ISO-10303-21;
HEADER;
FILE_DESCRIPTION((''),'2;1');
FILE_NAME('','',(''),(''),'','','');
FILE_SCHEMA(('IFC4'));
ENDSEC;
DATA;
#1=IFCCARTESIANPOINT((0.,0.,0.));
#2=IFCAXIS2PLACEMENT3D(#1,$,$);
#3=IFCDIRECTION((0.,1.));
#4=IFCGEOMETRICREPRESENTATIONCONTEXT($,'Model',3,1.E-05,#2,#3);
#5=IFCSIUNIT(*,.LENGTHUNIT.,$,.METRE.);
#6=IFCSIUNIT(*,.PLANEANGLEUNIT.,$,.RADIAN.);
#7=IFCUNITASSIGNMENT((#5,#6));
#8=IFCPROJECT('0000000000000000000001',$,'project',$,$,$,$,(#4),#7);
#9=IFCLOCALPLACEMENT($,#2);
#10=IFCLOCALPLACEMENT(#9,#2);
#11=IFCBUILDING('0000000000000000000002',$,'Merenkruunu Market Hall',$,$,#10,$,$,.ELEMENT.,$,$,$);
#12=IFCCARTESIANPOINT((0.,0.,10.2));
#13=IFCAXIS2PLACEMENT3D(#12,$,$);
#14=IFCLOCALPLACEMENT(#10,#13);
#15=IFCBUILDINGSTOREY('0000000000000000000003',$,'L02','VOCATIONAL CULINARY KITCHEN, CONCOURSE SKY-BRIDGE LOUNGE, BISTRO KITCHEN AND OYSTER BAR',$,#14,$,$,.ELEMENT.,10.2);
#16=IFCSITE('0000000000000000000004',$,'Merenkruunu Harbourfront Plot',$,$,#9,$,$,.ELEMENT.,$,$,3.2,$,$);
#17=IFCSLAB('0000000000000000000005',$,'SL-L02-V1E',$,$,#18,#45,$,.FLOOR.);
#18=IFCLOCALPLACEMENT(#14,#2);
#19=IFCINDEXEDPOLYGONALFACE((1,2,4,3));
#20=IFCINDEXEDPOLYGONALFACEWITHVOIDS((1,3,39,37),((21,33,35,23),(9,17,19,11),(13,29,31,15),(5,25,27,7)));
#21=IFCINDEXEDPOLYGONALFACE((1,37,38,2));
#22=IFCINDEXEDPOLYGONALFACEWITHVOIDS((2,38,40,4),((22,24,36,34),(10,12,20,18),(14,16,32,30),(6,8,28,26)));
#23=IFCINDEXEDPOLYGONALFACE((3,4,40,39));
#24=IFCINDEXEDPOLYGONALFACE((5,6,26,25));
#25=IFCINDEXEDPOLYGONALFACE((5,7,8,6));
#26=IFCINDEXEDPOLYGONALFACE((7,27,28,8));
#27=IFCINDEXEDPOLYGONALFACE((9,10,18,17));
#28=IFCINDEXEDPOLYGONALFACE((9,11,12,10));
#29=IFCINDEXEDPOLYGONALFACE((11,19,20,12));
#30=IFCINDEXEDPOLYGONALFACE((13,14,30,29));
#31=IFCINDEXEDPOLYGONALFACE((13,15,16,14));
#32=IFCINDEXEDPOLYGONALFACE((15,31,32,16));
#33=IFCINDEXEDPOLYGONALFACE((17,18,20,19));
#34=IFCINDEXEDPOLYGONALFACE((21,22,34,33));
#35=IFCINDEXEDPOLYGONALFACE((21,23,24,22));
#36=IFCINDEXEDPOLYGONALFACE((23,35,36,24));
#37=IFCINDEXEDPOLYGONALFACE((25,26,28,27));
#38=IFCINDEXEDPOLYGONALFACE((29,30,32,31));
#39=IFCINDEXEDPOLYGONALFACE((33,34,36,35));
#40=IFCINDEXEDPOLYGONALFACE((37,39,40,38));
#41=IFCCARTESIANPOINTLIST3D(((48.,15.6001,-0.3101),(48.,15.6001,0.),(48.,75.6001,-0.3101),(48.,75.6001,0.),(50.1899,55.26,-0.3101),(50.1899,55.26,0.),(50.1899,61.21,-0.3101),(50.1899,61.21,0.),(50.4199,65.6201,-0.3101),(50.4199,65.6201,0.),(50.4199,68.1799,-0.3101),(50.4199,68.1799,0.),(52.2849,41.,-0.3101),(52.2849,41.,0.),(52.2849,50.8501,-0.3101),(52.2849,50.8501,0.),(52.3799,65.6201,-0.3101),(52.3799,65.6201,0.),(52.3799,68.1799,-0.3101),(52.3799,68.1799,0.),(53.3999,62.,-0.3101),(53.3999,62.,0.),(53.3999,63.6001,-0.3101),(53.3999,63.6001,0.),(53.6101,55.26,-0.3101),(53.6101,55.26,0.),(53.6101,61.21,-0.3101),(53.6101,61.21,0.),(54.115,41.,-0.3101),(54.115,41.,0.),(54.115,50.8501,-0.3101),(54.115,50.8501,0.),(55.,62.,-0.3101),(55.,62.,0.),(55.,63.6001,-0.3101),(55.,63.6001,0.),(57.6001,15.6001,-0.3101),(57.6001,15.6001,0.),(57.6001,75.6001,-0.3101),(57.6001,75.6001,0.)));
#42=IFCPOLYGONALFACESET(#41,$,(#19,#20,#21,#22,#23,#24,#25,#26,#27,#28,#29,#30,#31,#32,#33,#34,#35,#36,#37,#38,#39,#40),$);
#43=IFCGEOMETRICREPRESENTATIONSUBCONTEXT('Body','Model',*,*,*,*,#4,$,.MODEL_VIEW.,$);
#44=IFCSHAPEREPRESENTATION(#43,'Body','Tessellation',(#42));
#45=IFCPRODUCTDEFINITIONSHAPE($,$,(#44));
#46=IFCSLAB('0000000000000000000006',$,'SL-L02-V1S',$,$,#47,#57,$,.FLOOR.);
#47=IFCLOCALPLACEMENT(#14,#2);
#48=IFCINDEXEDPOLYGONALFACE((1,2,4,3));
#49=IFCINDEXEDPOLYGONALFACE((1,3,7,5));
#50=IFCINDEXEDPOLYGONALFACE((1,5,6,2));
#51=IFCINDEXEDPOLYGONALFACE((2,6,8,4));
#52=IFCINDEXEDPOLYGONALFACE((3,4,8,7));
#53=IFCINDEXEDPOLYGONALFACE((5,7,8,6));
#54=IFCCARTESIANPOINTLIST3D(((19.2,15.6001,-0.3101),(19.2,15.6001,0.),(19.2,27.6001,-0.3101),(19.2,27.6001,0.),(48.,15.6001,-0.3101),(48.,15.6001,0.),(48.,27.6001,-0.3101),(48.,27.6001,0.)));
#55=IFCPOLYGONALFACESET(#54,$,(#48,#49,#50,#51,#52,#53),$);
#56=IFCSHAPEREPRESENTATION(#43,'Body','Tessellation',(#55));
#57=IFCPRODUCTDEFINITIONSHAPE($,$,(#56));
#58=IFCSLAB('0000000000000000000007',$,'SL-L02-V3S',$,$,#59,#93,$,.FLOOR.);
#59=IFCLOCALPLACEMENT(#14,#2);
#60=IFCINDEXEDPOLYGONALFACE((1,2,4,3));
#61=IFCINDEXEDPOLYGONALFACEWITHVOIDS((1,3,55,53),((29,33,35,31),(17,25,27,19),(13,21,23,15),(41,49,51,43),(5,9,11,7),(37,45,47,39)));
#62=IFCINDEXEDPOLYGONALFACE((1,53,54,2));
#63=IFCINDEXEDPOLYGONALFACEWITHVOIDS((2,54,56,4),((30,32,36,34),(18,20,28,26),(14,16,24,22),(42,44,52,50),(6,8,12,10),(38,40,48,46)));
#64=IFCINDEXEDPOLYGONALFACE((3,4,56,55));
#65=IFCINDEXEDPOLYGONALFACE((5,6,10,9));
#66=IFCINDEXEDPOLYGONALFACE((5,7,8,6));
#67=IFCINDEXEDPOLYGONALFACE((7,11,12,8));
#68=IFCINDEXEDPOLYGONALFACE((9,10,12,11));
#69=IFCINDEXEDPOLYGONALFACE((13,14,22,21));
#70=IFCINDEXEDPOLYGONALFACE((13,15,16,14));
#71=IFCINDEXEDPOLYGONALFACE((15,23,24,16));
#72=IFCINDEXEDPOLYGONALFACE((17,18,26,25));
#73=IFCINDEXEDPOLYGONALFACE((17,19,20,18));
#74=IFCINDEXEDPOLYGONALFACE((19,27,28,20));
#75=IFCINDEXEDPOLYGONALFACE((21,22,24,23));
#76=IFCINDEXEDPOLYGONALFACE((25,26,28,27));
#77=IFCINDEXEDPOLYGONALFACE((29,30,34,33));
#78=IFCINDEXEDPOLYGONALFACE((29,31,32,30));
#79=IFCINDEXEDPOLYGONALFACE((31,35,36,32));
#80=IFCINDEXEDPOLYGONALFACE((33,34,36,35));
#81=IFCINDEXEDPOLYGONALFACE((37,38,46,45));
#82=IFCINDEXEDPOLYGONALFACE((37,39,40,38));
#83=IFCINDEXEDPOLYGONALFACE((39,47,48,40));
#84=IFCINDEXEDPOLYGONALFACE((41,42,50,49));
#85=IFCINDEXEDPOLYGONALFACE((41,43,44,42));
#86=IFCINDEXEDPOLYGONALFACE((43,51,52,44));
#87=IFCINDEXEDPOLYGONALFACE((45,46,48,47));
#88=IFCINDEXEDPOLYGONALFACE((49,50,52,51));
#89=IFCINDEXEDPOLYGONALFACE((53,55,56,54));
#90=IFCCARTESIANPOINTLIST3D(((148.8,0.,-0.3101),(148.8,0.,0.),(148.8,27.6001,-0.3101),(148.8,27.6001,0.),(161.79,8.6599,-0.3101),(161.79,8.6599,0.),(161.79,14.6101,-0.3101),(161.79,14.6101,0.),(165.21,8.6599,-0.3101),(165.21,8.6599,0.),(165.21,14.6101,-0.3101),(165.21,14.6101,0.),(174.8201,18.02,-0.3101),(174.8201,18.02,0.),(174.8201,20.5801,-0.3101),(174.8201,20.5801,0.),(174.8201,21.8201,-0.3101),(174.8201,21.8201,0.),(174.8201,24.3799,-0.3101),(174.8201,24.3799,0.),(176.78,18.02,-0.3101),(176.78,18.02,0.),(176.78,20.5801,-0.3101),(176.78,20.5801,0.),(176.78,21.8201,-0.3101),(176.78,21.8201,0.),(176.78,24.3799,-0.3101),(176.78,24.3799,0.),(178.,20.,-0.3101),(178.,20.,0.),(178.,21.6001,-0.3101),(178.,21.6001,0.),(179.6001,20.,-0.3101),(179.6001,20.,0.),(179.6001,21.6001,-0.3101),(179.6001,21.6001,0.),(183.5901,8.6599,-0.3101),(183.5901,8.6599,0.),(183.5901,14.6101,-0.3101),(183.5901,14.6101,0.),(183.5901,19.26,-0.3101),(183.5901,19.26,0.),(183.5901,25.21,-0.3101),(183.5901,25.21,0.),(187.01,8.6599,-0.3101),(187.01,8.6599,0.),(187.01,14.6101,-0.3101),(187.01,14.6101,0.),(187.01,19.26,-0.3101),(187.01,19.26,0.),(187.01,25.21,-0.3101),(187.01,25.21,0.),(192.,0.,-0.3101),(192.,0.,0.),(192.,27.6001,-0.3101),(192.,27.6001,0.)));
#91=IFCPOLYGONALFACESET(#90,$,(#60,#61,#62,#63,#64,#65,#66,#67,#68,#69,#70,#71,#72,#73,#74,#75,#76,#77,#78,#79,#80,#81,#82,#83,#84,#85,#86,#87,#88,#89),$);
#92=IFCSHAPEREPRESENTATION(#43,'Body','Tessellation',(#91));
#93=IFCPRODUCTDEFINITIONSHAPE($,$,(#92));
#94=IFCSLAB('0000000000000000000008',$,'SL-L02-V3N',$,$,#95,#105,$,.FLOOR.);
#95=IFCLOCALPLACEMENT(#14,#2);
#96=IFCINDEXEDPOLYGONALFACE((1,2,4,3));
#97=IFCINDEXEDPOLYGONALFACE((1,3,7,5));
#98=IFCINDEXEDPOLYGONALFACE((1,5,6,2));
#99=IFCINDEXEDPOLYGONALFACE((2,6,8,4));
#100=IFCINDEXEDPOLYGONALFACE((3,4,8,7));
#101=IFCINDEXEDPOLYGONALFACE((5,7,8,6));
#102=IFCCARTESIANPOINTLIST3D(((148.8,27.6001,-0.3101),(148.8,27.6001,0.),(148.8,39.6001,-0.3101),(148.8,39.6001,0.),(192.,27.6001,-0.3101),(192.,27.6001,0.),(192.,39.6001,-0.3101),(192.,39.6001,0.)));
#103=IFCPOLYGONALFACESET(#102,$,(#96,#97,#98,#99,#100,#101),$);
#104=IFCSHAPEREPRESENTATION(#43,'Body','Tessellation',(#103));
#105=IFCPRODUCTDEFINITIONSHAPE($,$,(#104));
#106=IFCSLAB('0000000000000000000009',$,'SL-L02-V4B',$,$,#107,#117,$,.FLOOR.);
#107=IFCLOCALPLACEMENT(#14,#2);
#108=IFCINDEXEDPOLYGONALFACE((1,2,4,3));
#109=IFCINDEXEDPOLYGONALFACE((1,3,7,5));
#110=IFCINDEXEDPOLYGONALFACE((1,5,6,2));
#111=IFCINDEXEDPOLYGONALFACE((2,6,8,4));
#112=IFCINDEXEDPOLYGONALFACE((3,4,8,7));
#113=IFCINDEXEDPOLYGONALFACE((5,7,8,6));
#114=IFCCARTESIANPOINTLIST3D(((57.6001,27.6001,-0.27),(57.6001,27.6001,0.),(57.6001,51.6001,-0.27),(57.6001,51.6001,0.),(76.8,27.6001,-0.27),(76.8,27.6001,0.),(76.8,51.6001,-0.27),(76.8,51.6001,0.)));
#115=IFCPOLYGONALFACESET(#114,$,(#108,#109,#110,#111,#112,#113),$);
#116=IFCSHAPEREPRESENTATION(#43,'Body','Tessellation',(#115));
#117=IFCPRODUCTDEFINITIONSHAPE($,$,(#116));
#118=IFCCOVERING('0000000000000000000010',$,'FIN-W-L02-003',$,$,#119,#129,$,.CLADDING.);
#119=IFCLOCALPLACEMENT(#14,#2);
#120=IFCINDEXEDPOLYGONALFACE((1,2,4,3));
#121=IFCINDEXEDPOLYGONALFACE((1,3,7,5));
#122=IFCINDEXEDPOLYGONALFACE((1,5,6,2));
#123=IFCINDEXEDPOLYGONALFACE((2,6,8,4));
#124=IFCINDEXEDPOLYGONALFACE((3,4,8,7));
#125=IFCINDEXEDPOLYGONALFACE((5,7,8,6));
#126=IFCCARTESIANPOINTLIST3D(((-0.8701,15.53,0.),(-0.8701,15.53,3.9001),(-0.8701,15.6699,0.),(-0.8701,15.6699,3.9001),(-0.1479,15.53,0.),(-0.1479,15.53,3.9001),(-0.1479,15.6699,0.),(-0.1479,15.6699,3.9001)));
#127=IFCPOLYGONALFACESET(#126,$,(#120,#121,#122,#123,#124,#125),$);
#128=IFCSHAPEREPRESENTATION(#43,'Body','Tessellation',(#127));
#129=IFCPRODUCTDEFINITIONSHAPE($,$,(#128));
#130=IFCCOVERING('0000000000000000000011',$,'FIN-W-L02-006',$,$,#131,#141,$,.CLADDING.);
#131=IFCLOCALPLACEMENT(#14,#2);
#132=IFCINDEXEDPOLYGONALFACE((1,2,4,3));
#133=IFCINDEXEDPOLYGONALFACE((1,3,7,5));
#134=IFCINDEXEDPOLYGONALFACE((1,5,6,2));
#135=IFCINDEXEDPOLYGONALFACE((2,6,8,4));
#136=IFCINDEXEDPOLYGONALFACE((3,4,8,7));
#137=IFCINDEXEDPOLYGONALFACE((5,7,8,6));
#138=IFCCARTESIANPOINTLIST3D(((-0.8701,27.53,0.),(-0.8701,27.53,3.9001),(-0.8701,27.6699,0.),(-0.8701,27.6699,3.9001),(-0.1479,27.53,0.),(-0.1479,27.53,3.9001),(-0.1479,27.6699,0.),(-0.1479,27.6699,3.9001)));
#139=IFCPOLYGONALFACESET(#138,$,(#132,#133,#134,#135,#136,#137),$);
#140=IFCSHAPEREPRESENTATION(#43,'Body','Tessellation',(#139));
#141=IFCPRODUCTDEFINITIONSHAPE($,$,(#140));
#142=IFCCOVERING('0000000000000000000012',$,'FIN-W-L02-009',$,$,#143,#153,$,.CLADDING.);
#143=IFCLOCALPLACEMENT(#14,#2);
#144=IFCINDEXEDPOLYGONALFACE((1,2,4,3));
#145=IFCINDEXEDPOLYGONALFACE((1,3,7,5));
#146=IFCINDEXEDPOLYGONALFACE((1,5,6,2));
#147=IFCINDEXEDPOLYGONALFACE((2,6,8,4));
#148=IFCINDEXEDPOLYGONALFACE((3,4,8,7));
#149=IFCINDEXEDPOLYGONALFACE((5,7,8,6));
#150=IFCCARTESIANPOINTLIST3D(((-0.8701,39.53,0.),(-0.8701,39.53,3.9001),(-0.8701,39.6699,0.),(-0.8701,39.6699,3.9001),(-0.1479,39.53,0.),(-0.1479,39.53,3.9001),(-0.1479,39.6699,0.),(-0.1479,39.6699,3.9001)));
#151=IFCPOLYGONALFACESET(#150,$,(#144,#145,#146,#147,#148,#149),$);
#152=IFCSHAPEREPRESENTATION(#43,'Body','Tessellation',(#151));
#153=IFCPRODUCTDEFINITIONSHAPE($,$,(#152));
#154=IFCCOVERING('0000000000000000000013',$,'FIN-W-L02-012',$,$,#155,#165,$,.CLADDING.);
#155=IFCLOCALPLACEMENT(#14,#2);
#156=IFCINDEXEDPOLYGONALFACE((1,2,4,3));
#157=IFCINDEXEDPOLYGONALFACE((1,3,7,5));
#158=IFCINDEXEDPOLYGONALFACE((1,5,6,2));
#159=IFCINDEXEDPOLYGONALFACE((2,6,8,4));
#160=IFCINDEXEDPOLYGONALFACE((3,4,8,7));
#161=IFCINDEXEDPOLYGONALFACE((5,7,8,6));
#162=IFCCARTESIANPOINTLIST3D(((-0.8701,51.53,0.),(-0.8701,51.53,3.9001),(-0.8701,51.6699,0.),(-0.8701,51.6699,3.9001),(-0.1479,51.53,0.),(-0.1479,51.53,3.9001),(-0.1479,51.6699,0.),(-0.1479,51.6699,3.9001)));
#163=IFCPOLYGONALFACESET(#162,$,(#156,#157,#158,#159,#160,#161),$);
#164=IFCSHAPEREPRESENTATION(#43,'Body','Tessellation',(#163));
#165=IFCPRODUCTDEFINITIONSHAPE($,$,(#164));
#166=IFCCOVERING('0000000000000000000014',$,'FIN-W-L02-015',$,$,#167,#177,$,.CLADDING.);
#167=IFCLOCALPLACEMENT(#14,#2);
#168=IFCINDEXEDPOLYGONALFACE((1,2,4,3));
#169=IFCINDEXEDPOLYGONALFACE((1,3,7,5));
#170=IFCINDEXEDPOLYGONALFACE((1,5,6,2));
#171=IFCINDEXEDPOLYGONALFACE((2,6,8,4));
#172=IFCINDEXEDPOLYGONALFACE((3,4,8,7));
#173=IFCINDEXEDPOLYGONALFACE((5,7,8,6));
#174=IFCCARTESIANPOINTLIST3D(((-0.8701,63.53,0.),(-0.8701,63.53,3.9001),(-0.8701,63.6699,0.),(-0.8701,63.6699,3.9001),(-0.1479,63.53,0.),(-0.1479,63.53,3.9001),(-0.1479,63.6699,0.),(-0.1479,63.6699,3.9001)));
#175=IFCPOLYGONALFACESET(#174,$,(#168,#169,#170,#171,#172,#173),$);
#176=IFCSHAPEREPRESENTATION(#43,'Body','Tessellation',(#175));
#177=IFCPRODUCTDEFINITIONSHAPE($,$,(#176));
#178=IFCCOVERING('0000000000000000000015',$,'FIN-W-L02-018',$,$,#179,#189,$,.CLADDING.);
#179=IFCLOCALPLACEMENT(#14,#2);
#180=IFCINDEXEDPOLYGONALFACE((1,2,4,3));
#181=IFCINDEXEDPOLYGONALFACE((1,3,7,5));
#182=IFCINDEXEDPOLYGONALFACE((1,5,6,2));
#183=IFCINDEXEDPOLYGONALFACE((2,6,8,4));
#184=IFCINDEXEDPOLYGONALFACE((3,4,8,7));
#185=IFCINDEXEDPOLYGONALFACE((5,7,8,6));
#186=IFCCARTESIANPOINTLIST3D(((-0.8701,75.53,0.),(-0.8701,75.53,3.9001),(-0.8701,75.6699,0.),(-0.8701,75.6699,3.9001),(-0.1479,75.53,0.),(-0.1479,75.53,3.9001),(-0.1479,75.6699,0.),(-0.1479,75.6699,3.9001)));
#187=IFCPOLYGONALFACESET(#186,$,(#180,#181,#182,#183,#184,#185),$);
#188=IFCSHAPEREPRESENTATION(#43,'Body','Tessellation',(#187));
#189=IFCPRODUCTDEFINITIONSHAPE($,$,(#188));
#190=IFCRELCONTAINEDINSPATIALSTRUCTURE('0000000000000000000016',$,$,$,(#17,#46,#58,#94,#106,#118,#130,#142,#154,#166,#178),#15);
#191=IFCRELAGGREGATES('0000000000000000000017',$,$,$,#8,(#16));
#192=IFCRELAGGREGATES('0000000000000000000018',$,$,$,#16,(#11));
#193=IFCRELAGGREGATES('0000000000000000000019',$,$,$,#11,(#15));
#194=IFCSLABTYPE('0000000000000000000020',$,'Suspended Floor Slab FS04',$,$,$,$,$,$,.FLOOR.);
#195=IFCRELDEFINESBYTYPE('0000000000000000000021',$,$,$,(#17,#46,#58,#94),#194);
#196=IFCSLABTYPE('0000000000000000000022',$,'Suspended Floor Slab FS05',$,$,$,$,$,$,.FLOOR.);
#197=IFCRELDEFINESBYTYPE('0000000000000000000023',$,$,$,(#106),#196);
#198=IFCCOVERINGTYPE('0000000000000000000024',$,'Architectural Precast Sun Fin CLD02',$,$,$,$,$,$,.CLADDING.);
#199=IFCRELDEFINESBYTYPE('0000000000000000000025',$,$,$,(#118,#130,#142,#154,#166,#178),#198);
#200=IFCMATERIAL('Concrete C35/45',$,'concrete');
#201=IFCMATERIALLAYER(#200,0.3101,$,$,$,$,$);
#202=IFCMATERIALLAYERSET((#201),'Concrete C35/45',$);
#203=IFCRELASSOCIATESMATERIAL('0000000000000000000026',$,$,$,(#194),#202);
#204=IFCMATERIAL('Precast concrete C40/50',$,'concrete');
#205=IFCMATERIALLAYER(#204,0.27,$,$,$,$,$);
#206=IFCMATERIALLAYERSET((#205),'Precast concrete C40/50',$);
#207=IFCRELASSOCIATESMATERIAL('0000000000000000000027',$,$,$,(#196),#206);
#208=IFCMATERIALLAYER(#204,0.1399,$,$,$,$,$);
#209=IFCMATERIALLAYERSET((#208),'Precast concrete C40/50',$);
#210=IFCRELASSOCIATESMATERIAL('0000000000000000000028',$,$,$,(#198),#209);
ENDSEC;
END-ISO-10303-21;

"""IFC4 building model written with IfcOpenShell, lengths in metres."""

from ifc_helpers import new_model, si_unit, direction, frame, origin, place, context, subcontext, project, spatial, polyline, outline, extrude, material, layer, layer_set, type_object, element, save


model = new_model("IFC4")

# Units and contexts
model_context = context("Model", 3, precision=1e-05, world=origin(), true_north=direction((0.0, 1.0)))
body_context = subcontext(model_context, "Body", "Model", "MODEL_VIEW")
ifc_project = project(units=[si_unit("LENGTHUNIT", "METRE"), si_unit("PLANEANGLEUNIT", "RADIAN")], contexts=[model_context])

# Site, building, storey
site_placement = place(None, origin())
site = spatial("IfcSite", under=ifc_project, at=site_placement, Name="Merenkruunu Harbourfront Plot", CompositionType="ELEMENT", RefElevation=3.2)
building_placement = place(site_placement, origin())
building = spatial("IfcBuilding", under=site, at=building_placement, Name="Merenkruunu Market Hall", CompositionType="ELEMENT")
storey_placement = place(building_placement, frame((0.0, 0.0, 10.2)))
storey = spatial("IfcBuildingStorey", under=building, at=storey_placement, Name="L02", Description="VOCATIONAL CULINARY KITCHEN, CONCOURSE SKY-BRIDGE LOUNGE, BISTRO KITCHEN AND OYSTER BAR", CompositionType="ELEMENT", Elevation=10.2)

# Slabs
ifc_material_1 = material(Name="Concrete C35/45", Category="concrete")
ifc_layer_1 = layer(ifc_material_1, 0.3101)
ifc_layer_set_1 = layer_set([ifc_layer_1], Name="Concrete C35/45")
slab_type_1 = type_object("IfcSlabType", Name="Suspended Floor Slab FS04", PredefinedType="FLOOR", material=ifc_layer_set_1)
slab_1_placement = place(storey_placement, frame((0.0, 0.0, -0.3101)))
element("IfcSlab", 1, at=slab_1_placement, inside=storey, type_object=slab_type_1, Name="SL-L02-V1E", PredefinedType="FLOOR", context=body_context, shape_type="SweptSolid", body=[
    extrude(outline(polyline([(48.0, 15.6001), (57.6001, 15.6001), (57.6001, 75.6001), (48.0, 75.6001), (48.0, 15.6001)]), holes=[polyline([(50.1899, 55.26), (53.6101, 55.26), (53.6101, 61.21), (50.1899, 61.21), (50.1899, 55.26)]), polyline([(52.2849, 41.0), (54.115, 41.0), (54.115, 50.8501), (52.2849, 50.8501), (52.2849, 41.0)]), polyline([(50.4199, 65.6201), (52.3799, 65.6201), (52.3799, 68.1799), (50.4199, 68.1799), (50.4199, 65.6201)]), polyline([(53.3999, 62.0), (55.0, 62.0), (55.0, 63.6001), (53.3999, 63.6001), (53.3999, 62.0)])]), origin(), (0.0, 0.0, 1.0), 0.3101),
])
slab_2_placement = place(storey_placement, frame((0.0, 0.0, -0.3101)))
element("IfcSlab", 2, at=slab_2_placement, inside=storey, type_object=slab_type_1, Name="SL-L02-V1S", PredefinedType="FLOOR", context=body_context, shape_type="SweptSolid", body=[
    extrude(outline(polyline([(19.2, 15.6001), (48.0, 15.6001), (48.0, 27.6001), (19.2, 27.6001), (19.2, 15.6001)])), origin(), (0.0, 0.0, 1.0), 0.3101),
])
slab_3_placement = place(storey_placement, frame((0.0, 0.0, -0.3101)))
element("IfcSlab", 3, at=slab_3_placement, inside=storey, type_object=slab_type_1, Name="SL-L02-V3S", PredefinedType="FLOOR", context=body_context, shape_type="SweptSolid", body=[
    extrude(outline(polyline([(148.8, 0.0), (192.0, 0.0), (192.0, 27.6001), (148.8, 27.6001), (148.8, 0.0)]), holes=[polyline([(183.5901, 8.6599), (187.01, 8.6599), (187.01, 14.6101), (183.5901, 14.6101), (183.5901, 8.6599)]), polyline([(183.5901, 19.26), (187.01, 19.26), (187.01, 25.21), (183.5901, 25.21), (183.5901, 19.26)]), polyline([(161.79, 8.6599), (165.21, 8.6599), (165.21, 14.6101), (161.79, 14.6101), (161.79, 8.6599)]), polyline([(174.8201, 18.02), (176.78, 18.02), (176.78, 20.5801), (174.8201, 20.5801), (174.8201, 18.02)]), polyline([(174.8201, 21.8201), (176.78, 21.8201), (176.78, 24.3799), (174.8201, 24.3799), (174.8201, 21.8201)]), polyline([(178.0, 20.0), (179.6001, 20.0), (179.6001, 21.6001), (178.0, 21.6001), (178.0, 20.0)])]), origin(), (0.0, 0.0, 1.0), 0.3101),
])
slab_4_placement = place(storey_placement, frame((0.0, 0.0, -0.3101)))
element("IfcSlab", 4, at=slab_4_placement, inside=storey, type_object=slab_type_1, Name="SL-L02-V3N", PredefinedType="FLOOR", context=body_context, shape_type="SweptSolid", body=[
    extrude(outline(polyline([(148.8, 27.6001), (192.0, 27.6001), (192.0, 39.6001), (148.8, 39.6001), (148.8, 27.6001)])), origin(), (0.0, 0.0, 1.0), 0.3101),
])
ifc_material_2 = material(Name="Precast concrete C40/50", Category="concrete")
ifc_layer_2 = layer(ifc_material_2, 0.27)
ifc_layer_set_2 = layer_set([ifc_layer_2], Name="Precast concrete C40/50")
slab_type_2 = type_object("IfcSlabType", Name="Suspended Floor Slab FS05", PredefinedType="FLOOR", material=ifc_layer_set_2)
slab_5_placement = place(storey_placement, frame((0.0, 0.0, -0.27)))
element("IfcSlab", 5, at=slab_5_placement, inside=storey, type_object=slab_type_2, Name="SL-L02-V4B", PredefinedType="FLOOR", context=body_context, shape_type="SweptSolid", body=[
    extrude(outline(polyline([(57.6001, 27.6001), (76.8, 27.6001), (76.8, 51.6001), (57.6001, 51.6001), (57.6001, 27.6001)])), origin(), (0.0, 0.0, 1.0), 0.27),
])

# Coverings
ifc_layer_3 = layer(ifc_material_2, 0.1399)
ifc_layer_set_3 = layer_set([ifc_layer_3], Name="Precast concrete C40/50")
covering_type = type_object("IfcCoveringType", Name="Architectural Precast Sun Fin CLD02", PredefinedType="CLADDING", material=ifc_layer_set_3)
covering_1_placement = place(storey_placement, origin())
element("IfcCovering", 6, at=covering_1_placement, inside=storey, type_object=covering_type, Name="FIN-W-L02-003", PredefinedType="CLADDING", context=body_context, shape_type="SweptSolid", body=[
    extrude(outline(polyline([(-0.8701, 15.53), (-0.1479, 15.53), (-0.1479, 15.6699), (-0.8701, 15.6699), (-0.8701, 15.53)])), origin(), (0.0, 0.0, 1.0), 3.9001),
])
covering_2_placement = place(storey_placement, origin())
element("IfcCovering", 7, at=covering_2_placement, inside=storey, type_object=covering_type, Name="FIN-W-L02-006", PredefinedType="CLADDING", context=body_context, shape_type="SweptSolid", body=[
    extrude(outline(polyline([(-0.8701, 27.53), (-0.1479, 27.53), (-0.1479, 27.6699), (-0.8701, 27.6699), (-0.8701, 27.53)])), origin(), (0.0, 0.0, 1.0), 3.9001),
])
covering_3_placement = place(storey_placement, origin())
element("IfcCovering", 8, at=covering_3_placement, inside=storey, type_object=covering_type, Name="FIN-W-L02-009", PredefinedType="CLADDING", context=body_context, shape_type="SweptSolid", body=[
    extrude(outline(polyline([(-0.8701, 39.53), (-0.1479, 39.53), (-0.1479, 39.6699), (-0.8701, 39.6699), (-0.8701, 39.53)])), origin(), (0.0, 0.0, 1.0), 3.9001),
])
covering_4_placement = place(storey_placement, origin())
element("IfcCovering", 9, at=covering_4_placement, inside=storey, type_object=covering_type, Name="FIN-W-L02-012", PredefinedType="CLADDING", context=body_context, shape_type="SweptSolid", body=[
    extrude(outline(polyline([(-0.8701, 51.53), (-0.1479, 51.53), (-0.1479, 51.6699), (-0.8701, 51.6699), (-0.8701, 51.53)])), origin(), (0.0, 0.0, 1.0), 3.9001),
])
covering_5_placement = place(storey_placement, origin())
element("IfcCovering", 10, at=covering_5_placement, inside=storey, type_object=covering_type, Name="FIN-W-L02-015", PredefinedType="CLADDING", context=body_context, shape_type="SweptSolid", body=[
    extrude(outline(polyline([(-0.8701, 63.53), (-0.1479, 63.53), (-0.1479, 63.6699), (-0.8701, 63.6699), (-0.8701, 63.53)])), origin(), (0.0, 0.0, 1.0), 3.9001),
])
covering_6_placement = place(storey_placement, origin())
element("IfcCovering", 11, at=covering_6_placement, inside=storey, type_object=covering_type, Name="FIN-W-L02-018", PredefinedType="CLADDING", context=body_context, shape_type="SweptSolid", body=[
    extrude(outline(polyline([(-0.8701, 75.53), (-0.1479, 75.53), (-0.1479, 75.6699), (-0.8701, 75.6699), (-0.8701, 75.53)])), origin(), (0.0, 0.0, 1.0), 3.9001),
])

save(model, "model.ifc")
